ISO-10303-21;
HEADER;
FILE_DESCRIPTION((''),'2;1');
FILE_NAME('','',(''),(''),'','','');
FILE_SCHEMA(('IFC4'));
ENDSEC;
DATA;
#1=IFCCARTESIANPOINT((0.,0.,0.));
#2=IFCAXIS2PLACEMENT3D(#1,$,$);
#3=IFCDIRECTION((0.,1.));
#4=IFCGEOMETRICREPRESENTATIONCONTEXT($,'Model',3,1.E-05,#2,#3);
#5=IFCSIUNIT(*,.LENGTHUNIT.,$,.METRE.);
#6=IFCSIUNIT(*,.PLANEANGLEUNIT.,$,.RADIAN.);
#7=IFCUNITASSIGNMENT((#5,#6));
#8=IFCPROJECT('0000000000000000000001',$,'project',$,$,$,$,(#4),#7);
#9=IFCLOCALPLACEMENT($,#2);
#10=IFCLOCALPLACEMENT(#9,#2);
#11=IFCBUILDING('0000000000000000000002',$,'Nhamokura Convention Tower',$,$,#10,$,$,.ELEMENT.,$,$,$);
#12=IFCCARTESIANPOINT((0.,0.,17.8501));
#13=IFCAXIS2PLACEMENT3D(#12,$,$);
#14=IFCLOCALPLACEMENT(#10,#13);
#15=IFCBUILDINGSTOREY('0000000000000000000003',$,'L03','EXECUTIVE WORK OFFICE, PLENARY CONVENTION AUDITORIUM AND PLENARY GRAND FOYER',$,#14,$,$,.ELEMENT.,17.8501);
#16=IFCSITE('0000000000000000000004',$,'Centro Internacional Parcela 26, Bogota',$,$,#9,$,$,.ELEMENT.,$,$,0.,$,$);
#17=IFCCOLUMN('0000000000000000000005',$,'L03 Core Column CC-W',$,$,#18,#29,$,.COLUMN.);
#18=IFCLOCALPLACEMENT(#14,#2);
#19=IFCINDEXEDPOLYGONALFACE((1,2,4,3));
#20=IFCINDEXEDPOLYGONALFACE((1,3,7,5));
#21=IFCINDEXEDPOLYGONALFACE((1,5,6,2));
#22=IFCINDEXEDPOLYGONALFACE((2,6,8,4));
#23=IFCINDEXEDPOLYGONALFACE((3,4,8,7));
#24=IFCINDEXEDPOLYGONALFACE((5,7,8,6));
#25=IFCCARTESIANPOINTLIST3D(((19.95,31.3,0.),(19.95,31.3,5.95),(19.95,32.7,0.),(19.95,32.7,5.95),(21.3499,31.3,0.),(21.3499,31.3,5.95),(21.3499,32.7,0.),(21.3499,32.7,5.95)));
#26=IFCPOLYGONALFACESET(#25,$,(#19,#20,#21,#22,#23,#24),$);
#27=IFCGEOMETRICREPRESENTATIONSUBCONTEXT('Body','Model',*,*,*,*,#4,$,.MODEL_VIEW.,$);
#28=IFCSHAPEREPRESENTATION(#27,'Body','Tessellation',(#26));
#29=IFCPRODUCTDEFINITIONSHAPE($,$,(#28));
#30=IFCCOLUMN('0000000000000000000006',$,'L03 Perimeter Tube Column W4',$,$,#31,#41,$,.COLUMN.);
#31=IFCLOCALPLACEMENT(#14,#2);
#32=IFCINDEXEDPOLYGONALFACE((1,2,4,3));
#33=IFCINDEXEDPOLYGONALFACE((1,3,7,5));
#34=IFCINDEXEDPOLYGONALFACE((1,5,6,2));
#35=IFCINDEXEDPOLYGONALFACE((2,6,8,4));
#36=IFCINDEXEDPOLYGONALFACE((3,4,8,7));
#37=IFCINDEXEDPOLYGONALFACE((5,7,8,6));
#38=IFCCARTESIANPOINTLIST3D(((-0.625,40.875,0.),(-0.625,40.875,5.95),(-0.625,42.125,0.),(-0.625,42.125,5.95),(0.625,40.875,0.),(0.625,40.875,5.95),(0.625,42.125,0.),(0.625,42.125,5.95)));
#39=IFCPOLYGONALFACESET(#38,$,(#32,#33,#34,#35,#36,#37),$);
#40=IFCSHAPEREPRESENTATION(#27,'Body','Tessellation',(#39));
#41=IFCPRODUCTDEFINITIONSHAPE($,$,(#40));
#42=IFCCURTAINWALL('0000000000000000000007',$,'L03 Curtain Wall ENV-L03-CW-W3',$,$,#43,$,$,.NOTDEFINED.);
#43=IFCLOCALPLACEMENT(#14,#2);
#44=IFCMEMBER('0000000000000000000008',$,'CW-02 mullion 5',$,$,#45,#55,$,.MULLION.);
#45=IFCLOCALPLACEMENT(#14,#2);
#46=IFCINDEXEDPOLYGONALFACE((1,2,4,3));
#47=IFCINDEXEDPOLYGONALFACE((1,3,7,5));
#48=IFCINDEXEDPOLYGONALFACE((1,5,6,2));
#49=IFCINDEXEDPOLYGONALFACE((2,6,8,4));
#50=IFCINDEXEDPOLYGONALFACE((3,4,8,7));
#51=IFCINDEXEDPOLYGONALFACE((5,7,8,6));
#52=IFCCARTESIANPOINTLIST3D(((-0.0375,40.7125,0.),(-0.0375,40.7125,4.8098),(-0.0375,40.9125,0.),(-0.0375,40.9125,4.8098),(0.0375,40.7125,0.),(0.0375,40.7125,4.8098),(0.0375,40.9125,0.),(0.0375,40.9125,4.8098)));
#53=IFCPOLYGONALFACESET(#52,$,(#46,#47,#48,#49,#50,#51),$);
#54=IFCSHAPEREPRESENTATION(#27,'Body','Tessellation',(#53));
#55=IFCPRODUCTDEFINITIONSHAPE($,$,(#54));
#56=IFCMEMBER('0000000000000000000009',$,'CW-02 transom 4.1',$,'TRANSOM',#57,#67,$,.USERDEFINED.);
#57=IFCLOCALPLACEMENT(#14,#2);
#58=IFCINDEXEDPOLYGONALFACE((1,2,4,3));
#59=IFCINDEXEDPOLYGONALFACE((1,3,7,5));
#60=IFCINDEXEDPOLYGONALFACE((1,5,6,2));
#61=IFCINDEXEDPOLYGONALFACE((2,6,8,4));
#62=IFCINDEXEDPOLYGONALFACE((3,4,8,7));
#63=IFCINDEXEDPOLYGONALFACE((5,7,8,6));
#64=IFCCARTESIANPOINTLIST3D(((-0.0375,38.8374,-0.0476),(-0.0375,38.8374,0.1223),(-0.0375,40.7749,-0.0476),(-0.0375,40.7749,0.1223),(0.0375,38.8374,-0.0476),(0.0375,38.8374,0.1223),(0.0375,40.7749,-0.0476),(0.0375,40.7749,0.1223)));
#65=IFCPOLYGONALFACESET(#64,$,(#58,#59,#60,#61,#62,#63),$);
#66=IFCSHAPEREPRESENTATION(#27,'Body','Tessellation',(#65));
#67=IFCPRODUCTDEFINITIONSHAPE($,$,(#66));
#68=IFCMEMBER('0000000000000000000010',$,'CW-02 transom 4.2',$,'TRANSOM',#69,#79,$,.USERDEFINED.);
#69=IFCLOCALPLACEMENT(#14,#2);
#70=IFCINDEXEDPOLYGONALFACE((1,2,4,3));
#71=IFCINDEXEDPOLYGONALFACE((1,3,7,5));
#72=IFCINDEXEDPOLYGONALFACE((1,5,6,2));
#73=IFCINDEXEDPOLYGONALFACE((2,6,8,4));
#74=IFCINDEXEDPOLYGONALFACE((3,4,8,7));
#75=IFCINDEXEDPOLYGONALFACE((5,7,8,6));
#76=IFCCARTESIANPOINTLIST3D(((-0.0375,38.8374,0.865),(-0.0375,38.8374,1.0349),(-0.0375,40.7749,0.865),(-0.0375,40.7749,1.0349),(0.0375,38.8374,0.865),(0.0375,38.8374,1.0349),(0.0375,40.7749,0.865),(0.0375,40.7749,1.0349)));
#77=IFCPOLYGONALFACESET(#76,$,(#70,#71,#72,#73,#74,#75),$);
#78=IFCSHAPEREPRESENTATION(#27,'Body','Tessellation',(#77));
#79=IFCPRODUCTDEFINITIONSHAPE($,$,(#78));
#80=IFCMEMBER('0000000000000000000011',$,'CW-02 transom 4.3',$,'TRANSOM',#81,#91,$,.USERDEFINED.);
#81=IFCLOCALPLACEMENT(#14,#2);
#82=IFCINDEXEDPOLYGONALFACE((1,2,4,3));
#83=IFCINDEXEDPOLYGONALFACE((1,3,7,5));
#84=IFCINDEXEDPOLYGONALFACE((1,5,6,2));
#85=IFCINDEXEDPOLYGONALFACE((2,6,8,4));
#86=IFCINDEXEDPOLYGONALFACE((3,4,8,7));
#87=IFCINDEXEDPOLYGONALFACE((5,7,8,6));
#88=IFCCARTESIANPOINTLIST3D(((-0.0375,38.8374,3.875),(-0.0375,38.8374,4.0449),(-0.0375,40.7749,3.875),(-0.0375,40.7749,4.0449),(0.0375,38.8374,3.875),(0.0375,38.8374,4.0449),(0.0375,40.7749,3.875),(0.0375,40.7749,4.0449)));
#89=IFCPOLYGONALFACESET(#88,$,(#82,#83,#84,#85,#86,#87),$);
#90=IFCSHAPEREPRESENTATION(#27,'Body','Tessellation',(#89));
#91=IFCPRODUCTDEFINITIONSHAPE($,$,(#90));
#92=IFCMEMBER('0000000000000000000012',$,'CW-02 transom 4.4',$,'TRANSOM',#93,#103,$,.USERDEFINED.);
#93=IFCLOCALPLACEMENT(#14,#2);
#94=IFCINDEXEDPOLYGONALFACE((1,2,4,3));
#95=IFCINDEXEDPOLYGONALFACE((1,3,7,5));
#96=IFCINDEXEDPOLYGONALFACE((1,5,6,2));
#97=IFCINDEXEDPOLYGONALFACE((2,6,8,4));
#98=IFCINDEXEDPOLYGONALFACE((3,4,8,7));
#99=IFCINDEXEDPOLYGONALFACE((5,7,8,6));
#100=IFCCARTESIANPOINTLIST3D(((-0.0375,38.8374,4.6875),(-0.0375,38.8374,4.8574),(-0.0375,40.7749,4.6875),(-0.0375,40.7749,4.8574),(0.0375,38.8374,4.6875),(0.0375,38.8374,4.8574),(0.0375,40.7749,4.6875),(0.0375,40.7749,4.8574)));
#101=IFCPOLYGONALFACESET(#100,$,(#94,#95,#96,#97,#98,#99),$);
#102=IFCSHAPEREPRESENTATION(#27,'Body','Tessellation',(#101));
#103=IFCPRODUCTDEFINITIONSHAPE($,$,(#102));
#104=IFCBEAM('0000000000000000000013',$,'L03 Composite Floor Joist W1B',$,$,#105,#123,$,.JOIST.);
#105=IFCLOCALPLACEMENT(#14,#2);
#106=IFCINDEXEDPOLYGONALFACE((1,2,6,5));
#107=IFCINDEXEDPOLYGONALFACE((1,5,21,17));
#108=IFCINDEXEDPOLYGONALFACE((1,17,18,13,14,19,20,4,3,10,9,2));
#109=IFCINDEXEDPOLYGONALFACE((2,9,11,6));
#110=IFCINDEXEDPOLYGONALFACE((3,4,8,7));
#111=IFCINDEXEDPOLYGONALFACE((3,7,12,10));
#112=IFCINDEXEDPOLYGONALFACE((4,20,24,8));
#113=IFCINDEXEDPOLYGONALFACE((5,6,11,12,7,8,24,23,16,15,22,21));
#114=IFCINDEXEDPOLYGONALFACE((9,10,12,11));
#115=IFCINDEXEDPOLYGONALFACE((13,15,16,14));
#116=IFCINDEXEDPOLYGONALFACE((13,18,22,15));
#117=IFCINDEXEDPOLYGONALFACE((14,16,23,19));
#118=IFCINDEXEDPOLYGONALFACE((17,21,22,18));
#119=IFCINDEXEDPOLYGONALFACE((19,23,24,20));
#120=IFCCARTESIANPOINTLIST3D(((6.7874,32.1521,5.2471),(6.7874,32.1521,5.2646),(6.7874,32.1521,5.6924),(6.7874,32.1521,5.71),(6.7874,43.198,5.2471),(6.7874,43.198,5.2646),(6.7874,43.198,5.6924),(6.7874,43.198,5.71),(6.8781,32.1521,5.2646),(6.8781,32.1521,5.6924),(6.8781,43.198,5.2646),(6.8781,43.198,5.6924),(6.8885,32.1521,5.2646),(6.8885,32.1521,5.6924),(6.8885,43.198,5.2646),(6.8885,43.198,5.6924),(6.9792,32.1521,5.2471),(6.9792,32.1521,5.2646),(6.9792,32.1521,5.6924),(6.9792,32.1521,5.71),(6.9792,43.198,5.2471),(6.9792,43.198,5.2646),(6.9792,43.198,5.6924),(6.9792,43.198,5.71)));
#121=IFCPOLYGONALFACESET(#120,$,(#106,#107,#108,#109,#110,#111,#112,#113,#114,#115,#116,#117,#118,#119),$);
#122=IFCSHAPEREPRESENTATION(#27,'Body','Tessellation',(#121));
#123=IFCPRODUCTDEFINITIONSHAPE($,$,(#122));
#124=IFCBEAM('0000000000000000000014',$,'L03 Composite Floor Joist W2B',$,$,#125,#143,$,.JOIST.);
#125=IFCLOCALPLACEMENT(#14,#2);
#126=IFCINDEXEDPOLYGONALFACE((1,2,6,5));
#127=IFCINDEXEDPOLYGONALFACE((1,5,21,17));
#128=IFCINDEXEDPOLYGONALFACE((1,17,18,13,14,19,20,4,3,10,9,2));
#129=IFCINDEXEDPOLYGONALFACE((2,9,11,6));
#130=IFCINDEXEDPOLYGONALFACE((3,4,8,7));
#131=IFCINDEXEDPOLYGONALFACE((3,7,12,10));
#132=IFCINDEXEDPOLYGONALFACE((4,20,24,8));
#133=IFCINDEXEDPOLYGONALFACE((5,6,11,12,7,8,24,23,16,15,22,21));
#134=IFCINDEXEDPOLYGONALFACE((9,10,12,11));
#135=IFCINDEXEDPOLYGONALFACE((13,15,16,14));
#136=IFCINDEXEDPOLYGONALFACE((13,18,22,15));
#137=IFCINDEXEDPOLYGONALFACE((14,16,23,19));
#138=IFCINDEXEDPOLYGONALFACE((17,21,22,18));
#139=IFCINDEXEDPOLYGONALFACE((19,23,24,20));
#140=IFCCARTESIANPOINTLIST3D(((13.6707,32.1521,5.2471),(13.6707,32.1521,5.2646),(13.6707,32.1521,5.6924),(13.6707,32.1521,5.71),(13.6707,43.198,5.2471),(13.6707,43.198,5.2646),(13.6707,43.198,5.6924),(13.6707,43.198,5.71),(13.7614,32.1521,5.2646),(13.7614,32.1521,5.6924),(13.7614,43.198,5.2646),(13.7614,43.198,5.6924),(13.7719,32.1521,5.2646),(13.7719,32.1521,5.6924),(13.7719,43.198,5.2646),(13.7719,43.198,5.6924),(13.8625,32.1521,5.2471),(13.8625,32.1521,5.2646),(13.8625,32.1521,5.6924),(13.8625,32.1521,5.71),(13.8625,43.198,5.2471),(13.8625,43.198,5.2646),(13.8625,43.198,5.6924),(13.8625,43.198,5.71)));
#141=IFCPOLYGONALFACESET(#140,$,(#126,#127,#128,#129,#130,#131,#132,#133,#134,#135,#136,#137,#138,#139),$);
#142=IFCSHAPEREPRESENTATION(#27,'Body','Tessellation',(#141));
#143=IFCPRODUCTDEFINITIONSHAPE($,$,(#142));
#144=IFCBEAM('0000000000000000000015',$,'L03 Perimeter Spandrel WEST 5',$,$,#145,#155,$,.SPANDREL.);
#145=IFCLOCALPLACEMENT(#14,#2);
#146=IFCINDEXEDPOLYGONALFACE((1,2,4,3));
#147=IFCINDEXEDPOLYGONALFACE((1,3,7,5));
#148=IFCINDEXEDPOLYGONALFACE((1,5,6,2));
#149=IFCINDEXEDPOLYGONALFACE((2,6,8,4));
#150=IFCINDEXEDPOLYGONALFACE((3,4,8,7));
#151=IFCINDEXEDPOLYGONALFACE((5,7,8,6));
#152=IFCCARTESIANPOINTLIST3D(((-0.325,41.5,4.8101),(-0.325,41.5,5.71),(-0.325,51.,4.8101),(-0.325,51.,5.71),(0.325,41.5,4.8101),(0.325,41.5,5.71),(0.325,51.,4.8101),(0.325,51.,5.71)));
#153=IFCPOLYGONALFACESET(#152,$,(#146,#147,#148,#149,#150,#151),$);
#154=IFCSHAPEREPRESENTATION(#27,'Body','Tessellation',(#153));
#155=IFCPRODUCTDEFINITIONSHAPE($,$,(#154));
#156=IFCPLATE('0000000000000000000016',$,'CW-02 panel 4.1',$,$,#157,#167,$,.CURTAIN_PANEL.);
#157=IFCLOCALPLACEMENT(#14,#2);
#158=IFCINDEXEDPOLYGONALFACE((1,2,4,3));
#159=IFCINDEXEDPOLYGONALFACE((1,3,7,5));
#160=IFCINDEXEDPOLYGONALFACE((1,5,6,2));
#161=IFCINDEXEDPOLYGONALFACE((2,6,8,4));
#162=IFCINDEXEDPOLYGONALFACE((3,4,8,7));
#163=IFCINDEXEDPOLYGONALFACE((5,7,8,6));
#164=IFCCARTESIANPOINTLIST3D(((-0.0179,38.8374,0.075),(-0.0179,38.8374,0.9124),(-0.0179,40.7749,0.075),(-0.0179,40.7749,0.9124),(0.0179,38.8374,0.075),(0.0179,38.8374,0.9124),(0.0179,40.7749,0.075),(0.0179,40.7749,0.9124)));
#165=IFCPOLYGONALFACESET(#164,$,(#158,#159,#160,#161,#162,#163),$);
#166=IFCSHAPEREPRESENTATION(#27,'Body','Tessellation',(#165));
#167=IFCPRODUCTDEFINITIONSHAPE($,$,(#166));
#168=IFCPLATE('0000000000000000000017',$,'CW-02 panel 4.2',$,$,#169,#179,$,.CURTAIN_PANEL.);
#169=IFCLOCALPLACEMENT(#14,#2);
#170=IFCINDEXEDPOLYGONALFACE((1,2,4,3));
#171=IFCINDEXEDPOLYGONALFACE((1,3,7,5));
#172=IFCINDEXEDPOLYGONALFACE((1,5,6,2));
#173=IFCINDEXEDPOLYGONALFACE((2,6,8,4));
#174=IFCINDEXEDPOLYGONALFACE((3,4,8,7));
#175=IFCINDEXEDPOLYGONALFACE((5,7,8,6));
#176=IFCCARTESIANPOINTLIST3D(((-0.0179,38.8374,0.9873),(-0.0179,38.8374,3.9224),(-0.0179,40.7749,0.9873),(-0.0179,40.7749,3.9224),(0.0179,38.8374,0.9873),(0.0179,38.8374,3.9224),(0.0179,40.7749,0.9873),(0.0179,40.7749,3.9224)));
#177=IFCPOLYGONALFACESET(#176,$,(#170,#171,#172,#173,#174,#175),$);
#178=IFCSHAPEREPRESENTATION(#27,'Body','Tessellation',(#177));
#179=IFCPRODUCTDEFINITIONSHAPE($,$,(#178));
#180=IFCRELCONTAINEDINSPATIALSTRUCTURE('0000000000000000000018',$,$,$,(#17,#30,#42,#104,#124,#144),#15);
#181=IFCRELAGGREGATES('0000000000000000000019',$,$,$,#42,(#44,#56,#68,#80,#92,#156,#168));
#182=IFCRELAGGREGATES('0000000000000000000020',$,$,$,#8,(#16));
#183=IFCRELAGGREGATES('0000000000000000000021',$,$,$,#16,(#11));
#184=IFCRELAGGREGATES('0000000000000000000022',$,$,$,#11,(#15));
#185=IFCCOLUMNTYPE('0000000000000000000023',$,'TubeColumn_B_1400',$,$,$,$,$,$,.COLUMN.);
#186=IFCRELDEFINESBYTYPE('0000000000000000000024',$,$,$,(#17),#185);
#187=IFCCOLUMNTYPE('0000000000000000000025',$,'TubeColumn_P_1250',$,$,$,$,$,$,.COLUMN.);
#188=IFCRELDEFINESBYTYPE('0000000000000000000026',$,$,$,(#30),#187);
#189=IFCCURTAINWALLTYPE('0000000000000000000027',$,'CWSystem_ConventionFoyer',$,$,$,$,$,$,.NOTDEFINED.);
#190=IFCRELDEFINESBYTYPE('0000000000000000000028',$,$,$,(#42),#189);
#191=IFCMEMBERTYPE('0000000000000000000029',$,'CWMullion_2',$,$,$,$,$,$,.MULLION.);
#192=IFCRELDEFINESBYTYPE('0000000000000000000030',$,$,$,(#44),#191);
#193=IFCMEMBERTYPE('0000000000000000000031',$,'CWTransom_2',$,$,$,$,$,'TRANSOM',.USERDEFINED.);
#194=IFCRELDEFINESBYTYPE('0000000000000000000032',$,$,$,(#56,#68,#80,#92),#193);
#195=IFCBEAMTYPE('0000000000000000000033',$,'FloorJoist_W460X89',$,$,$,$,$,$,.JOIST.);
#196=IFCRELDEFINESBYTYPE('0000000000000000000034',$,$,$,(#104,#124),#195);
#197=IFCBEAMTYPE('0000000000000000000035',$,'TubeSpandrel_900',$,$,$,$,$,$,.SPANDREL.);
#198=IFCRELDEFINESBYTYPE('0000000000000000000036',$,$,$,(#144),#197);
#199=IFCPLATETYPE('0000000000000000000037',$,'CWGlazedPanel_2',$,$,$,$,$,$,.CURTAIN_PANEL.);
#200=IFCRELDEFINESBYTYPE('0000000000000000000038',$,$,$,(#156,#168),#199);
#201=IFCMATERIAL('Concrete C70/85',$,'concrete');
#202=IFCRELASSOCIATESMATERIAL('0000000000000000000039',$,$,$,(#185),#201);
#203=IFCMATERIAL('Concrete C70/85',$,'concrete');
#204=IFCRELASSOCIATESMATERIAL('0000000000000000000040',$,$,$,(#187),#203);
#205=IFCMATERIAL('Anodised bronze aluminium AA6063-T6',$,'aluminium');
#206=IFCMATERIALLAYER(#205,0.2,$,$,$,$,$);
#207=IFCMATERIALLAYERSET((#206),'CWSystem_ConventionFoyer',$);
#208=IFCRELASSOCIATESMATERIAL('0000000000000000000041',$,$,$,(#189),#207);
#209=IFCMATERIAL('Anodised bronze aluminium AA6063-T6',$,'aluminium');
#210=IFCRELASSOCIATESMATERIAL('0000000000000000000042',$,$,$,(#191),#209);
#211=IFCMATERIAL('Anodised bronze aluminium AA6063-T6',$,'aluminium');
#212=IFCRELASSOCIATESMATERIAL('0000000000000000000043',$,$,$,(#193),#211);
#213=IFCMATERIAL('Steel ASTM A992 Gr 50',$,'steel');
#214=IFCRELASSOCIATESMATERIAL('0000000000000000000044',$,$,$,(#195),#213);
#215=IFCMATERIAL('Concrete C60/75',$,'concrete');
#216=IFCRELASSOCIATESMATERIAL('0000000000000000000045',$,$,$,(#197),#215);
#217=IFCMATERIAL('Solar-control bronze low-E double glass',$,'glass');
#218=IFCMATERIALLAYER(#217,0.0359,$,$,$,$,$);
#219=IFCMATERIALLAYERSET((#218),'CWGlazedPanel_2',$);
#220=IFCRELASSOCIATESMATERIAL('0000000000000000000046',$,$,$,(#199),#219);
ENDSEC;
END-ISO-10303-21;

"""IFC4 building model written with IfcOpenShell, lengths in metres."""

from ifc_helpers import new_model, si_unit, direction, frame, origin, origin_2d, place, context, subcontext, project, spatial, rectangle, i_section, extrude, material, layer, layer_set, material_profile, profile_set, type_object, element, aggregate, save


model = new_model("IFC4")

# Units and contexts
model_context = context("Model", 3, precision=1e-05, world=origin(), true_north=direction((0.0, 1.0)))
body_context = subcontext(model_context, "Body", "Model", "MODEL_VIEW")
ifc_project = project(units=[si_unit("LENGTHUNIT", "METRE"), si_unit("PLANEANGLEUNIT", "RADIAN")], contexts=[model_context])

# Site, building, storey
site_placement = place(None, origin())
site = spatial("IfcSite", under=ifc_project, at=site_placement, Name="Centro Internacional Parcela 26, Bogota", CompositionType="ELEMENT", RefElevation=0.0)
building_placement = place(site_placement, origin())
building = spatial("IfcBuilding", under=site, at=building_placement, Name="Nhamokura Convention Tower", CompositionType="ELEMENT")
storey_placement = place(building_placement, frame((0.0, 0.0, 17.8501)))
storey = spatial("IfcBuildingStorey", under=building, at=storey_placement, Name="L03", Description="EXECUTIVE WORK OFFICE, PLENARY CONVENTION AUDITORIUM AND PLENARY GRAND FOYER", CompositionType="ELEMENT", Elevation=17.8501)

# Columns
ifc_material_1 = material(Name="Concrete C70/85", Category="concrete")
ifc_material_profile_1 = material_profile(ifc_material_1, rectangle(XDim=1.3999, YDim=1.3999, at=origin_2d()))
ifc_profile_set_1 = profile_set([ifc_material_profile_1], Name="Concrete C70/85")
column_type_1 = type_object("IfcColumnType", Name="TubeColumn_B_1400", PredefinedType="COLUMN", material=ifc_profile_set_1)
column_1_placement = place(storey_placement, frame((20.6499, 32.0, 0.0), z_axis=(0.0, 0.0, 1.0), x_axis=(1.0, 0.0, 0.0)))
element("IfcColumn", 1, at=column_1_placement, inside=storey, type_object=column_type_1, Name="L03 Core Column CC-W", PredefinedType="COLUMN", context=body_context, shape_type="SweptSolid", body=[
    extrude(rectangle(XDim=1.3999, YDim=1.3999, at=origin_2d()), origin(), (0.0, 0.0, 1.0), 5.95),
])
ifc_material_2 = material(Name="Concrete C70/85", Category="concrete")
ifc_material_profile_2 = material_profile(ifc_material_2, rectangle(XDim=1.25, YDim=1.25, at=origin_2d()))
ifc_profile_set_2 = profile_set([ifc_material_profile_2], Name="Concrete C70/85")
column_type_2 = type_object("IfcColumnType", Name="TubeColumn_P_1250", PredefinedType="COLUMN", material=ifc_profile_set_2)
column_2_placement = place(storey_placement, frame((0.0, 41.5, 0.0), z_axis=(0.0, 0.0, 1.0), x_axis=(1.0, 0.0, 0.0)))
element("IfcColumn", 2, at=column_2_placement, inside=storey, type_object=column_type_2, Name="L03 Perimeter Tube Column W4", PredefinedType="COLUMN", context=body_context, shape_type="SweptSolid", body=[
    extrude(rectangle(XDim=1.25, YDim=1.25, at=origin_2d()), origin(), (0.0, 0.0, 1.0), 5.95),
])

# Curtain wall, members
ifc_material_3 = material(Name="Anodised bronze aluminium AA6063-T6", Category="aluminium")
ifc_layer_1 = layer(ifc_material_3, 0.2)
ifc_layer_set_1 = layer_set([ifc_layer_1], Name="CWSystem_ConventionFoyer")
curtain_wall_type = type_object("IfcCurtainWallType", Name="CWSystem_ConventionFoyer", PredefinedType="NOTDEFINED", material=ifc_layer_set_1)
curtain_wall_placement = place(storey_placement, origin())
curtain_wall = element("IfcCurtainWall", 3, at=curtain_wall_placement, inside=storey, type_object=curtain_wall_type, Name="L03 Curtain Wall ENV-L03-CW-W3", PredefinedType="NOTDEFINED")
ifc_material_4 = material(Name="Anodised bronze aluminium AA6063-T6", Category="aluminium")
ifc_material_profile_3 = material_profile(ifc_material_4, rectangle(XDim=0.075, YDim=0.2, at=origin_2d()))
ifc_profile_set_3 = profile_set([ifc_material_profile_3], Name="Anodised bronze aluminium AA6063-T6")
member_type_1 = type_object("IfcMemberType", Name="CWMullion_2", PredefinedType="MULLION", material=ifc_profile_set_3)
member_1_placement = place(storey_placement, frame((0.0, 40.8125, 0.0), z_axis=(0.0, 0.0, 1.0), x_axis=(-1.0, 0.0, 0.0)))
member_1 = element("IfcMember", 4, at=member_1_placement, type_object=member_type_1, Name="CW-02 mullion 5", PredefinedType="MULLION", context=body_context, shape_type="SweptSolid", body=[
    extrude(rectangle(XDim=0.075, YDim=0.2, at=origin_2d()), origin(), (0.0, 0.0, 1.0), 4.8098),
])
ifc_material_5 = material(Name="Anodised bronze aluminium AA6063-T6", Category="aluminium")
ifc_material_profile_4 = material_profile(ifc_material_5, rectangle(XDim=0.075, YDim=0.1699, at=origin_2d()))
ifc_profile_set_4 = profile_set([ifc_material_profile_4], Name="Anodised bronze aluminium AA6063-T6")
member_type_2 = type_object("IfcMemberType", Name="CWTransom_2", ElementType="TRANSOM", PredefinedType="USERDEFINED", material=ifc_profile_set_4)
member_2_placement = place(storey_placement, frame((0.0, 38.8374, 0.0374), z_axis=(0.0, 1.0, 0.0), x_axis=(-1.0, 0.0, 0.0)))
member_2 = element("IfcMember", 5, at=member_2_placement, type_object=member_type_2, Name="CW-02 transom 4.1", ObjectType="TRANSOM", PredefinedType="USERDEFINED", context=body_context, shape_type="SweptSolid", body=[
    extrude(rectangle(XDim=0.075, YDim=0.1699, at=origin_2d()), origin(), (0.0, 0.0, 1.0), 1.9375),
])
member_3_placement = place(storey_placement, frame((0.0, 38.8374, 0.95), z_axis=(0.0, 1.0, 0.0), x_axis=(-1.0, 0.0, 0.0)))
member_3 = element("IfcMember", 6, at=member_3_placement, type_object=member_type_2, Name="CW-02 transom 4.2", ObjectType="TRANSOM", PredefinedType="USERDEFINED", context=body_context, shape_type="SweptSolid", body=[
    extrude(rectangle(XDim=0.075, YDim=0.1699, at=origin_2d()), origin(), (0.0, 0.0, 1.0), 1.9375),
])
member_4_placement = place(storey_placement, frame((0.0, 38.8374, 3.96), z_axis=(0.0, 1.0, 0.0), x_axis=(-1.0, 0.0, 0.0)))
member_4 = element("IfcMember", 7, at=member_4_placement, type_object=member_type_2, Name="CW-02 transom 4.3", ObjectType="TRANSOM", PredefinedType="USERDEFINED", context=body_context, shape_type="SweptSolid", body=[
    extrude(rectangle(XDim=0.075, YDim=0.1699, at=origin_2d()), origin(), (0.0, 0.0, 1.0), 1.9375),
])
member_5_placement = place(storey_placement, frame((0.0, 38.8374, 4.7725), z_axis=(0.0, 1.0, 0.0), x_axis=(-1.0, 0.0, 0.0)))
member_5 = element("IfcMember", 8, at=member_5_placement, type_object=member_type_2, Name="CW-02 transom 4.4", ObjectType="TRANSOM", PredefinedType="USERDEFINED", context=body_context, shape_type="SweptSolid", body=[
    extrude(rectangle(XDim=0.075, YDim=0.1699, at=origin_2d()), origin(), (0.0, 0.0, 1.0), 1.9375),
])

# Beams
ifc_material_6 = material(Name="Steel ASTM A992 Gr 50", Category="steel")
ifc_material_profile_5 = material_profile(ifc_material_6, i_section(OverallWidth=0.1919, OverallDepth=0.4629, WebThickness=0.0105, FlangeThickness=0.0176, at=origin_2d()))
ifc_profile_set_5 = profile_set([ifc_material_profile_5], Name="Steel ASTM A992 Gr 50")
beam_type_1 = type_object("IfcBeamType", Name="FloorJoist_W460X89", PredefinedType="JOIST", material=ifc_profile_set_5)
for number, where, z_axis, x_axis, name in (
    (9, (6.8833, 32.1521, 5.4785), (0.0, 1.0, 0.0), (-1.0, 0.0, 0.0), "L03 Composite Floor Joist W1B"),
    (10, (13.7666, 32.1521, 5.4785), (0.0, 1.0, 0.0), (-1.0, 0.0, 0.0), "L03 Composite Floor Joist W2B"),
):
    element("IfcBeam", number, at=place(storey_placement, frame(where, z_axis=z_axis, x_axis=x_axis)), inside=storey, type_object=beam_type_1, Name=name, PredefinedType="JOIST", context=body_context, shape_type="SweptSolid", body=[
        extrude(i_section(OverallWidth=0.1919, OverallDepth=0.4629, WebThickness=0.0105, FlangeThickness=0.0176, at=origin_2d()), origin(), (0.0, 0.0, 1.0), 11.0459),
    ])
ifc_material_7 = material(Name="Concrete C60/75", Category="concrete")
ifc_material_profile_6 = material_profile(ifc_material_7, rectangle(XDim=0.6499, YDim=0.8999, at=origin_2d()))
ifc_profile_set_6 = profile_set([ifc_material_profile_6], Name="Concrete C60/75")
beam_type_2 = type_object("IfcBeamType", Name="TubeSpandrel_900", PredefinedType="SPANDREL", material=ifc_profile_set_6)
beam_placement = place(storey_placement, frame((0.0, 41.5, 5.26), z_axis=(0.0, 1.0, 0.0), x_axis=(-1.0, 0.0, 0.0)))
element("IfcBeam", 11, at=beam_placement, inside=storey, type_object=beam_type_2, Name="L03 Perimeter Spandrel WEST 5", PredefinedType="SPANDREL", context=body_context, shape_type="SweptSolid", body=[
    extrude(rectangle(XDim=0.6499, YDim=0.8999, at=origin_2d()), origin(), (0.0, 0.0, 1.0), 9.5),
])

# Plates
ifc_material_8 = material(Name="Solar-control bronze low-E double glass", Category="glass")
ifc_layer_2 = layer(ifc_material_8, 0.0359)
ifc_layer_set_2 = layer_set([ifc_layer_2], Name="CWGlazedPanel_2")
plate_type = type_object("IfcPlateType", Name="CWGlazedPanel_2", PredefinedType="CURTAIN_PANEL", material=ifc_layer_set_2)
plate_1_placement = place(storey_placement, frame((0.0, 39.8062, 0.075), z_axis=(0.0, 0.0, 1.0), x_axis=(0.0, 1.0, 0.0)))
plate_1 = element("IfcPlate", 12, at=plate_1_placement, type_object=plate_type, Name="CW-02 panel 4.1", PredefinedType="CURTAIN_PANEL", context=body_context, shape_type="SweptSolid", body=[
    extrude(rectangle(XDim=1.9375, YDim=0.0359, at=origin_2d()), origin(), (0.0, 0.0, 1.0), 0.8374),
])
plate_2_placement = place(storey_placement, frame((0.0, 39.8062, 0.9873), z_axis=(0.0, 0.0, 1.0), x_axis=(0.0, 1.0, 0.0)))
plate_2 = element("IfcPlate", 13, at=plate_2_placement, type_object=plate_type, Name="CW-02 panel 4.2", PredefinedType="CURTAIN_PANEL", context=body_context, shape_type="SweptSolid", body=[
    extrude(rectangle(XDim=1.9375, YDim=0.0359, at=origin_2d()), origin(), (0.0, 0.0, 1.0), 2.9351),
])
aggregate(curtain_wall, [member_1, member_2, member_3, member_4, member_5, plate_1, plate_2])

save(model, "model.ifc")
